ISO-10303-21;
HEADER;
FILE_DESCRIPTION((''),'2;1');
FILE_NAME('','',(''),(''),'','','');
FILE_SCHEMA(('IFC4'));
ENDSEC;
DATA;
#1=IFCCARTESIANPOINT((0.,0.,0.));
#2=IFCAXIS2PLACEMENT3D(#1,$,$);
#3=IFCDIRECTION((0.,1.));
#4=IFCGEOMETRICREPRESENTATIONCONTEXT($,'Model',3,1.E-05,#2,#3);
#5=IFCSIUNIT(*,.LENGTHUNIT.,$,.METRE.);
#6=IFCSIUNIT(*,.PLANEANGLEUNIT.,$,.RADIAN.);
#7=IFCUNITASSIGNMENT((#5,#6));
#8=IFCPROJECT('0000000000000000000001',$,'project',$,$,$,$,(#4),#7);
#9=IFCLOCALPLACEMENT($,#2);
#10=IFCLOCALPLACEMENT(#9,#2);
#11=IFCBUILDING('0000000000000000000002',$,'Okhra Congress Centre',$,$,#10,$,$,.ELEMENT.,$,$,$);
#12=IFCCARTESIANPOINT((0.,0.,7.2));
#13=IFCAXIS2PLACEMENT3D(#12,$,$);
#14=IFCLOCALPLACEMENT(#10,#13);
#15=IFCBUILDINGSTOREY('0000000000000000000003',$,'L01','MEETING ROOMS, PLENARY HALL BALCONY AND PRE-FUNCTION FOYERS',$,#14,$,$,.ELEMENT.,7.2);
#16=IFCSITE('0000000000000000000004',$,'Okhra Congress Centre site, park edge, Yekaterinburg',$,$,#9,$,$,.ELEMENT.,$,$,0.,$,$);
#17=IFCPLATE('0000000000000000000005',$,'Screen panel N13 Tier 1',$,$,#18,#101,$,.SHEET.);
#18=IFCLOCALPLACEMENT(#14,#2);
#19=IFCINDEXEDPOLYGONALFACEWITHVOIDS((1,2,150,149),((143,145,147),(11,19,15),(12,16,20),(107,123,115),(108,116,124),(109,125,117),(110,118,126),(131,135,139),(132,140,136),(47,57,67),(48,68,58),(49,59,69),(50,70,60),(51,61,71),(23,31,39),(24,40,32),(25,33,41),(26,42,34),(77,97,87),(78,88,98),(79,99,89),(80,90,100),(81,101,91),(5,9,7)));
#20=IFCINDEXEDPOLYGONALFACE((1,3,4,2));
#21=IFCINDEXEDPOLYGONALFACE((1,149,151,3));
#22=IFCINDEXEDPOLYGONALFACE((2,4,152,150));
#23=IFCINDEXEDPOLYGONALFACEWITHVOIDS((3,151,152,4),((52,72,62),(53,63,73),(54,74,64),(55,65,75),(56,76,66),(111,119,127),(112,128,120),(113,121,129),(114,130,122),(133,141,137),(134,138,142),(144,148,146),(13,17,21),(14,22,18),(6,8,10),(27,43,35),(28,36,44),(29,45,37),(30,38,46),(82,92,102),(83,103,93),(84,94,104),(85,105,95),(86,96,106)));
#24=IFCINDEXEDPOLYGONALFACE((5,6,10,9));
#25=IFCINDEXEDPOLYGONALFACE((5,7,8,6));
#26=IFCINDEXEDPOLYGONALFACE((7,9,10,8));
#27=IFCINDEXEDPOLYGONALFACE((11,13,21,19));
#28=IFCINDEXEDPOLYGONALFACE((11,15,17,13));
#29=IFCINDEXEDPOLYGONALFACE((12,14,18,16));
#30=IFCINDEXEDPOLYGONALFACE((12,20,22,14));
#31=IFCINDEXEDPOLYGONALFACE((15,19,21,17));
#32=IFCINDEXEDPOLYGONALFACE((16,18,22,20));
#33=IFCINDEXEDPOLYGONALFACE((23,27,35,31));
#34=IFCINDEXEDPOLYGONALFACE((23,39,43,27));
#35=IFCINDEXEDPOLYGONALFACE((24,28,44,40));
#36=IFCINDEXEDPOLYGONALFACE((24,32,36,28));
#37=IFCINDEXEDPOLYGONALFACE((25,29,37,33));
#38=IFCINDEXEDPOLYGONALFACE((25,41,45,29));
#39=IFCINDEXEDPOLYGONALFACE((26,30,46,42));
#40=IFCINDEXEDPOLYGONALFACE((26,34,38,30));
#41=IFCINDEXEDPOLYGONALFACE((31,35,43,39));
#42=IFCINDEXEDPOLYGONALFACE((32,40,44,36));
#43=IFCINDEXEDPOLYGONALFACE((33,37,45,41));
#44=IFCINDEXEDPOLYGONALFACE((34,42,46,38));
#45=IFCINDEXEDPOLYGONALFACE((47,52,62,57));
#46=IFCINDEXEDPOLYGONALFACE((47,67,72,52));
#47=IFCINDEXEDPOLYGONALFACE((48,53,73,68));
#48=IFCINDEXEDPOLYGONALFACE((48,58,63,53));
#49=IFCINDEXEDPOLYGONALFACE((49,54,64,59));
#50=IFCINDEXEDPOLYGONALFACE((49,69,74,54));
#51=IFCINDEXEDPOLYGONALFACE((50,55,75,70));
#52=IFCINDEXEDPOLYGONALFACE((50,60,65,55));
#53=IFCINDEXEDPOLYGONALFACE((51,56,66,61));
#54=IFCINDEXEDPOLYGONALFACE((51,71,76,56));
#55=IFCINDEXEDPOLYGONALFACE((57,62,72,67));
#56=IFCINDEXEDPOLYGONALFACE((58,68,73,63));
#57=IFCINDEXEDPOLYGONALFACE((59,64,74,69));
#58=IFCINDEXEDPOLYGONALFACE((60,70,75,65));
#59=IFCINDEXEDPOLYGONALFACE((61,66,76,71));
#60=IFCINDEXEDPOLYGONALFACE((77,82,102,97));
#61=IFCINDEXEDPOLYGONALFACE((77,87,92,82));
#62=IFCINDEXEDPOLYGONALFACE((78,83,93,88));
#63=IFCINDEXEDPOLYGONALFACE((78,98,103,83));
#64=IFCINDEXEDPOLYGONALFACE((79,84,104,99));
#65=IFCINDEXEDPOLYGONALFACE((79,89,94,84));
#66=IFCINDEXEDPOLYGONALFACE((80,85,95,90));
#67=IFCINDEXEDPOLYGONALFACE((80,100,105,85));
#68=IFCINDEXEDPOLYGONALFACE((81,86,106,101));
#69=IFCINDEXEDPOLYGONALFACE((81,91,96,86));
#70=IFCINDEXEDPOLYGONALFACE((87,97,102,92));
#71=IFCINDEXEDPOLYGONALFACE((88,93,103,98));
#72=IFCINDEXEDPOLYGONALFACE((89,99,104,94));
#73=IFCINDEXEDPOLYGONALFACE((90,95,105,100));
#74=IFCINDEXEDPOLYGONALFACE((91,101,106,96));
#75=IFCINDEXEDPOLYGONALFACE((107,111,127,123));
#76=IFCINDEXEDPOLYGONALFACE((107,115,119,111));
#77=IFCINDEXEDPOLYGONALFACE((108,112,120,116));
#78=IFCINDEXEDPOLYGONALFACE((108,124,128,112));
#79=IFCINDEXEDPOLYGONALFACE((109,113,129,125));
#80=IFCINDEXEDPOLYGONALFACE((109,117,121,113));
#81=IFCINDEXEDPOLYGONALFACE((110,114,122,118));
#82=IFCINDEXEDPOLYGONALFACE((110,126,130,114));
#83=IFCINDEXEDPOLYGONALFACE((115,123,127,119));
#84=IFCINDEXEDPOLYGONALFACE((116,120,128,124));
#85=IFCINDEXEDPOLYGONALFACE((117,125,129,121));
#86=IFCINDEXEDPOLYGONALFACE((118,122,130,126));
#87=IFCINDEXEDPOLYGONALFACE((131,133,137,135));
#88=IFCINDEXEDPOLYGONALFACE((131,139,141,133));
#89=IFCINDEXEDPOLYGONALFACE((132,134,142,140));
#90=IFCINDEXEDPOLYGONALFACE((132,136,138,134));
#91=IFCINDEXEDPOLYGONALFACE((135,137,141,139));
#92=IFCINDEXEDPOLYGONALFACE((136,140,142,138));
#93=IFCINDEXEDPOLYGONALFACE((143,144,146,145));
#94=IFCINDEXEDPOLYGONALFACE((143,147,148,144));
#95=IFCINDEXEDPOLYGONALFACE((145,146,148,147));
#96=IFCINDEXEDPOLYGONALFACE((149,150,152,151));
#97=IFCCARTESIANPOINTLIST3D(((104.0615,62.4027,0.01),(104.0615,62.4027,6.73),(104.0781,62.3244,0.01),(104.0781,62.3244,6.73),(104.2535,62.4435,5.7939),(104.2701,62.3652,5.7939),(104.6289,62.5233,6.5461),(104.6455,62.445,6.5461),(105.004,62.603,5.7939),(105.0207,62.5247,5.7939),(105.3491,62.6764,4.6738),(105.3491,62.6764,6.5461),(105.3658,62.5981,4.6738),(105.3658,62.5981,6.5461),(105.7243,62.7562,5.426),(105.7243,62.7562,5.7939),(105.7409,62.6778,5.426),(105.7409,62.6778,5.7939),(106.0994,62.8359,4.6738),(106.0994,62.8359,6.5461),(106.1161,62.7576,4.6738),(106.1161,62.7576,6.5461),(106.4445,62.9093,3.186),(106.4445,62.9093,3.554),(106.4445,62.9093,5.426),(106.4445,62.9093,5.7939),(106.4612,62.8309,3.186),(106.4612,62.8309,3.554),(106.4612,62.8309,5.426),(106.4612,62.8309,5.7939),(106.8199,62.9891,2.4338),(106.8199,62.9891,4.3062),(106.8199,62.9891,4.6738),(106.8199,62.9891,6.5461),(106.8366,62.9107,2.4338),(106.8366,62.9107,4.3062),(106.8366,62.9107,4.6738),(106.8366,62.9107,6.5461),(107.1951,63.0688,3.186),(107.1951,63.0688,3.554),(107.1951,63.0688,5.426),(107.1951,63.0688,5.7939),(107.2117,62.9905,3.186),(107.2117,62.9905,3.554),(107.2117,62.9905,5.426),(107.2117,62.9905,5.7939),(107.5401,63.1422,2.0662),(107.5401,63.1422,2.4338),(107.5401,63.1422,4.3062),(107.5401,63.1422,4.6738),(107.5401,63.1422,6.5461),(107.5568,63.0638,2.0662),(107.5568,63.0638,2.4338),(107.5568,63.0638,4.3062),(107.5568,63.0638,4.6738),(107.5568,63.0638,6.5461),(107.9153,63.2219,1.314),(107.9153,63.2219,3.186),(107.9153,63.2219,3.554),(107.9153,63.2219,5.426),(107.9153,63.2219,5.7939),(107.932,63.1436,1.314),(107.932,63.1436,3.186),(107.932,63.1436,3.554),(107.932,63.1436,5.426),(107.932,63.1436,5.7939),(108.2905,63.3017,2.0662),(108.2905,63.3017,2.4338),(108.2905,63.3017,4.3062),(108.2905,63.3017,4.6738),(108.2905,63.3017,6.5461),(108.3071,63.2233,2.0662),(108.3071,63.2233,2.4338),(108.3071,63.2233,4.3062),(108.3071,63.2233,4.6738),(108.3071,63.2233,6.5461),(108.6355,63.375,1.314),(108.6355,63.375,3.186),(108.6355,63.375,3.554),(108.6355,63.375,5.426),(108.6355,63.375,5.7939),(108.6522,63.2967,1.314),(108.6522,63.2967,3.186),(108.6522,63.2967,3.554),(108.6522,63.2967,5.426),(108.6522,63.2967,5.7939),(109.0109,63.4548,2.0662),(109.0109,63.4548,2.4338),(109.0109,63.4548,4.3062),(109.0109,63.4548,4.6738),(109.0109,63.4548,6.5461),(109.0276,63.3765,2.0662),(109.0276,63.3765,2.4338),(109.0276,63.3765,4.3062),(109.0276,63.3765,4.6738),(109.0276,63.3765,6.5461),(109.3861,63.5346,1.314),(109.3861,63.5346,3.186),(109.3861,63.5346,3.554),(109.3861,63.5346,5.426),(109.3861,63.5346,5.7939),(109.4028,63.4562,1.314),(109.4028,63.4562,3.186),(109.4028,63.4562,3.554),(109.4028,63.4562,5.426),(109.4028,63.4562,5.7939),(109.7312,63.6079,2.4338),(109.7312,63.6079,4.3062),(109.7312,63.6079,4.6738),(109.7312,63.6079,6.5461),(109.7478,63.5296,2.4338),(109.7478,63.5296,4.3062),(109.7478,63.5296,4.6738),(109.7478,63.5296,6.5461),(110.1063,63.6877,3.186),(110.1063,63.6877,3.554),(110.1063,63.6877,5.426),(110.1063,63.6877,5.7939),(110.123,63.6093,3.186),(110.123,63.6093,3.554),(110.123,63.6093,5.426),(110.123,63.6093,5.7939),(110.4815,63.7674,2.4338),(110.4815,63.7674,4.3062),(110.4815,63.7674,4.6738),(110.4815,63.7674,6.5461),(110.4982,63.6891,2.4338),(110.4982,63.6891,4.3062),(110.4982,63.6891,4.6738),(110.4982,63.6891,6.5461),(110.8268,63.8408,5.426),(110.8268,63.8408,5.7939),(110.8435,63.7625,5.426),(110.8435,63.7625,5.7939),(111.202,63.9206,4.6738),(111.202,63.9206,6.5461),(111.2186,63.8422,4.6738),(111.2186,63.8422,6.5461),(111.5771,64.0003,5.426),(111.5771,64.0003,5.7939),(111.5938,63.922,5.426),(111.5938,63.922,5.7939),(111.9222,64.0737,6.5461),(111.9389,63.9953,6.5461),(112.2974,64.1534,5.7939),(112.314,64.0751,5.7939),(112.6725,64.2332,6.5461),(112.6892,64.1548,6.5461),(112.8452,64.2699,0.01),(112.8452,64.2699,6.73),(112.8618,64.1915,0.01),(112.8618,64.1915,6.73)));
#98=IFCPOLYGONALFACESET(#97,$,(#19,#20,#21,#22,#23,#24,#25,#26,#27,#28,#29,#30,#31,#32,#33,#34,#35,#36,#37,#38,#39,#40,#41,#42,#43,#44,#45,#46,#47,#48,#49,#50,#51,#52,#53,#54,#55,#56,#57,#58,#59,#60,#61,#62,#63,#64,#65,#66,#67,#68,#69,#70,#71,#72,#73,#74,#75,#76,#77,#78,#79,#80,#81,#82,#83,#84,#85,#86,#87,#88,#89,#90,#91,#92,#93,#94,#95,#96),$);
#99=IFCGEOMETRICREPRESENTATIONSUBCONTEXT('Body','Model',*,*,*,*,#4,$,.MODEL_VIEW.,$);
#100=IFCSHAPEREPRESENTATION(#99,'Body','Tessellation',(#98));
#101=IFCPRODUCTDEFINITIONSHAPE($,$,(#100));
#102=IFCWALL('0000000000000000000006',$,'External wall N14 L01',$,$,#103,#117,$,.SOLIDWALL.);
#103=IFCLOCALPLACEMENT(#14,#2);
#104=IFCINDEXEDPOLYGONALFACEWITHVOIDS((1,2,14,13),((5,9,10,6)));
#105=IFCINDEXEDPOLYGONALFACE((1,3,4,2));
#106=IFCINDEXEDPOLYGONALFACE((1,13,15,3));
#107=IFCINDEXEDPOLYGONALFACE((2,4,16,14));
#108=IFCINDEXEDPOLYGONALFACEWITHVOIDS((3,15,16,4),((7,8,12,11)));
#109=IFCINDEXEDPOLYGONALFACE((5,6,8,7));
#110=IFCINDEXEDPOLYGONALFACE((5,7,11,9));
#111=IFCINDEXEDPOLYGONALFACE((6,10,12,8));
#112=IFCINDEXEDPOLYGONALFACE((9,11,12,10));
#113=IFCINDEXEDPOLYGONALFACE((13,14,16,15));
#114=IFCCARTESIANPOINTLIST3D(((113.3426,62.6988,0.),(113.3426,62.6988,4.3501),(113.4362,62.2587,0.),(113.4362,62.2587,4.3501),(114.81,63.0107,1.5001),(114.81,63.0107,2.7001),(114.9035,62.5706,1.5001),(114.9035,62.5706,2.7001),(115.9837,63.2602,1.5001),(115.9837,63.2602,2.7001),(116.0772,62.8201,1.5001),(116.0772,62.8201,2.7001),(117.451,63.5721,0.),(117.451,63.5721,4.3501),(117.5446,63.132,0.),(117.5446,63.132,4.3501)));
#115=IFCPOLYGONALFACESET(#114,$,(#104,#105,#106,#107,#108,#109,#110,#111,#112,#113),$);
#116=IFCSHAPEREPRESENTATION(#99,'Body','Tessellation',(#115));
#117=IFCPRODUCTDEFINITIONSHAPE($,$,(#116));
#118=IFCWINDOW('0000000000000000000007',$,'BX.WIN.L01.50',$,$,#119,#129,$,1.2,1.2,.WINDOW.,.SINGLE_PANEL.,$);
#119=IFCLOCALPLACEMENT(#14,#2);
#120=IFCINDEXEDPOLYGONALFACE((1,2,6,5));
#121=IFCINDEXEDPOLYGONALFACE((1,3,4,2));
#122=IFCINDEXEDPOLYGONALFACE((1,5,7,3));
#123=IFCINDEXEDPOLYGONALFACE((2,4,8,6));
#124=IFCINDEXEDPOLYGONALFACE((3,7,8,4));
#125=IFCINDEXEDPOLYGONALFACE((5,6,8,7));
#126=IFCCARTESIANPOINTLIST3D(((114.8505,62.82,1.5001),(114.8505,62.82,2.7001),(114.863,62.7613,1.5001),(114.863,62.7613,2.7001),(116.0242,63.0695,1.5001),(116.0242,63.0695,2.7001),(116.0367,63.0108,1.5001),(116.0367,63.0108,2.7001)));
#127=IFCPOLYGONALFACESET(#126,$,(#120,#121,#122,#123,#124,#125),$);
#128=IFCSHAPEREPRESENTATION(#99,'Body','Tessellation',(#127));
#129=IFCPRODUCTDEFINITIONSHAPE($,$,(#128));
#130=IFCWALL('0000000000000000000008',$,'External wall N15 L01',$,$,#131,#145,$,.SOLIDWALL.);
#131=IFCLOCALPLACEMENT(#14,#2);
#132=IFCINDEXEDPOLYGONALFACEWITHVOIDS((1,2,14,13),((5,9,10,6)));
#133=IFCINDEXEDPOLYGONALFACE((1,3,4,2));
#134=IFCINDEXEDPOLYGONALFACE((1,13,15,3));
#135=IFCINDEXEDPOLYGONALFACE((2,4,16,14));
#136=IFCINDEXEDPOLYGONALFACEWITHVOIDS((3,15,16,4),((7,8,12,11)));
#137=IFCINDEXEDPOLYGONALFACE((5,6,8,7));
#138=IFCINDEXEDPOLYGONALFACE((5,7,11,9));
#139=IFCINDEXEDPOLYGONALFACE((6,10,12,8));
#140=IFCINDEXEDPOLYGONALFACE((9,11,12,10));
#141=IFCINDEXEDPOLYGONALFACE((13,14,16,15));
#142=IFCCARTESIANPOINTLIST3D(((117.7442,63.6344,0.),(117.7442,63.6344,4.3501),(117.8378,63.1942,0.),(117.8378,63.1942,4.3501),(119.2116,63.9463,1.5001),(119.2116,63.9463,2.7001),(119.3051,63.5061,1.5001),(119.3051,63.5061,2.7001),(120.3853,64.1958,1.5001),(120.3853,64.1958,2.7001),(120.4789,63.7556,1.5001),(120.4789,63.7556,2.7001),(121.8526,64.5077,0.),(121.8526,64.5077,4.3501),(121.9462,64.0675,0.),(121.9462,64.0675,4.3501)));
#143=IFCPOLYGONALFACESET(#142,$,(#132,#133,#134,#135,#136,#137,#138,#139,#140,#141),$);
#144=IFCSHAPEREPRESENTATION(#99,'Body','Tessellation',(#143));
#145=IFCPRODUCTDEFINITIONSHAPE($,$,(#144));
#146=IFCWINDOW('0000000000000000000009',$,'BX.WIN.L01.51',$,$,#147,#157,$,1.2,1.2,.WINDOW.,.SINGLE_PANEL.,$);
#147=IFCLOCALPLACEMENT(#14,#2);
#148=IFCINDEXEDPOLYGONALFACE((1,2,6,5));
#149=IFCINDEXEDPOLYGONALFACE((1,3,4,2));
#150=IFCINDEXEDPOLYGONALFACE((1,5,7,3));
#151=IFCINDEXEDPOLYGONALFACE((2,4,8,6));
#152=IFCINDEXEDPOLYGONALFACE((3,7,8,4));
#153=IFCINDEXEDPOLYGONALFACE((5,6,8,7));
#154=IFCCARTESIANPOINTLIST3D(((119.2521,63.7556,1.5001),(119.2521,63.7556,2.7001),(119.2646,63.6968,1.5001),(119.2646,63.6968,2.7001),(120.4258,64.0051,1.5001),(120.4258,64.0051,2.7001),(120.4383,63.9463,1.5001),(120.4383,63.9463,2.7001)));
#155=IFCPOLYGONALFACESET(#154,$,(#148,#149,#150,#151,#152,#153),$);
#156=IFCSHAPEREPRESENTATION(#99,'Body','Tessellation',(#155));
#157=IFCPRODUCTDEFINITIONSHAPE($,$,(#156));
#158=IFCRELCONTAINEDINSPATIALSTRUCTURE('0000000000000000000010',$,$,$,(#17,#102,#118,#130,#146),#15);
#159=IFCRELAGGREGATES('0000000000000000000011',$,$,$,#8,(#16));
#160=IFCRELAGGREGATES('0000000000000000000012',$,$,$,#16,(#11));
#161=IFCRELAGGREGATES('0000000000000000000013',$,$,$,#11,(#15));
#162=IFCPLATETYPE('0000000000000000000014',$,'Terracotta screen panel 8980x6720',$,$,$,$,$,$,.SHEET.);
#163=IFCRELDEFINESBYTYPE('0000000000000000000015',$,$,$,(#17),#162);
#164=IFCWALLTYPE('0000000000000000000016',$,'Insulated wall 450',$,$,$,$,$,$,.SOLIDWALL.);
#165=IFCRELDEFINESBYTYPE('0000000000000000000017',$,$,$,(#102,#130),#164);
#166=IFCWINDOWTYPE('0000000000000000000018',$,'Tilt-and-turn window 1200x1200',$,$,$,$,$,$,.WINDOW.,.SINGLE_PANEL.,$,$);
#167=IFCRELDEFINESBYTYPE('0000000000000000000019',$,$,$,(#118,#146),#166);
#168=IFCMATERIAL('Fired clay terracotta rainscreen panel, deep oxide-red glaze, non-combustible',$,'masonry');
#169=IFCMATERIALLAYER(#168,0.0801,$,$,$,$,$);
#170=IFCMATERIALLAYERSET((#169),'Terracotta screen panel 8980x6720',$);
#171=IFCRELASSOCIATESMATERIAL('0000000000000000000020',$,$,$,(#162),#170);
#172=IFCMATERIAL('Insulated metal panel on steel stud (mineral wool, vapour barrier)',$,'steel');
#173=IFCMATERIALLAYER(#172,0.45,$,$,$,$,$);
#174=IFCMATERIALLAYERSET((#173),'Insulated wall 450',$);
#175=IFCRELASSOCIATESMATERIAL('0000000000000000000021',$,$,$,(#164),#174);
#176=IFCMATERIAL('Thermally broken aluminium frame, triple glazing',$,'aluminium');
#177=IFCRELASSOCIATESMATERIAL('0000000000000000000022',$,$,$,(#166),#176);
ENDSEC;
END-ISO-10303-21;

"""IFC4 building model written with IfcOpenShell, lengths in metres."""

from ifc_helpers import new_model, si_unit, direction, frame, frame_2d, origin, place, context, subcontext, project, spatial, polyline, rectangle, outline, extrude, material, layer, layer_set, type_object, element, fill, save


model = new_model("IFC4")

# Units and contexts
model_context = context("Model", 3, precision=1e-05, world=origin(), true_north=direction((0.0, 1.0)))
body_context = subcontext(model_context, "Body", "Model", "MODEL_VIEW")
ifc_project = project(units=[si_unit("LENGTHUNIT", "METRE"), si_unit("PLANEANGLEUNIT", "RADIAN")], contexts=[model_context])

# Site, building, storey
site_placement = place(None, origin())
site = spatial("IfcSite", under=ifc_project, at=site_placement, Name="Okhra Congress Centre site, park edge, Yekaterinburg", CompositionType="ELEMENT", RefElevation=0.0)
building_placement = place(site_placement, origin())
building = spatial("IfcBuilding", under=site, at=building_placement, Name="Okhra Congress Centre", CompositionType="ELEMENT")
storey_placement = place(building_placement, frame((0.0, 0.0, 7.2)))
storey = spatial("IfcBuildingStorey", under=building, at=storey_placement, Name="L01", Description="MEETING ROOMS, PLENARY HALL BALCONY AND PRE-FUNCTION FOYERS", CompositionType="ELEMENT", Elevation=7.2)

# Plate
ifc_material_1 = material(Name="Fired clay terracotta rainscreen panel, deep oxide-red glaze, non-combustible", Category="masonry")
ifc_layer_1 = layer(ifc_material_1, 0.0801)
ifc_layer_set_1 = layer_set([ifc_layer_1], Name="Terracotta screen panel 8980x6720")
plate_type = type_object("IfcPlateType", Name="Terracotta screen panel 8980x6720", PredefinedType="SHEET", material=ifc_layer_set_1)
plate_placement = place(storey_placement, frame((112.8535, 64.2307, 0.01), z_axis=(0.0, 0.0, 1.0), x_axis=(-0.978144, -0.207928, 0.0)))
element("IfcPlate", 1, at=plate_placement, inside=storey, type_object=plate_type, Name="Screen panel N13 Tier 1", PredefinedType="SHEET", context=body_context, shape_type="SweptSolid", body=[
    extrude(outline(polyline([(0.0, 0.0), (8.98, 0.0), (8.98, 6.72), (0.0, 6.72), (0.0, 0.0)]), holes=[polyline([(3.5364, 1.304), (4.3037, 1.304), (3.9199, 2.0562), (3.5364, 1.304)]), polyline([(4.6565, 2.0562), (5.04, 1.304), (5.4236, 2.0562), (4.6565, 2.0562)]), polyline([(2.4165, 2.4238), (3.1836, 2.4238), (2.8, 3.176), (2.4165, 2.4238)]), polyline([(3.5364, 3.176), (3.9199, 2.4238), (4.3037, 3.176), (3.5364, 3.176)]), polyline([(4.6565, 2.4238), (5.4236, 2.4238), (5.04, 3.176), (4.6565, 2.4238)]), polyline([(5.7764, 3.176), (6.1599, 2.4238), (6.5437, 3.176), (5.7764, 3.176)]), polyline([(2.4165, 4.2961), (2.8, 3.5439), (3.1836, 4.2961), (2.4165, 4.2961)]), polyline([(3.5364, 3.5439), (4.3037, 3.5439), (3.9199, 4.2961), (3.5364, 3.5439)]), polyline([(4.6565, 4.2961), (5.04, 3.5439), (5.4236, 4.2961), (4.6565, 4.2961)]), polyline([(5.7764, 3.5439), (6.5437, 3.5439), (6.1599, 4.2961), (5.7764, 3.5439)]), polyline([(1.2964, 5.416), (1.6799, 4.6638), (2.0635, 5.416), (1.2964, 5.416)]), polyline([(2.4165, 4.6638), (3.1836, 4.6638), (2.8, 5.416), (2.4165, 4.6638)]), polyline([(3.5364, 5.416), (3.9199, 4.6638), (4.3037, 5.416), (3.5364, 5.416)]), polyline([(4.6565, 4.6638), (5.4236, 4.6638), (5.04, 5.416), (4.6565, 4.6638)]), polyline([(5.7764, 5.416), (6.1599, 4.6638), (6.5437, 5.416), (5.7764, 5.416)]), polyline([(6.8965, 4.6638), (7.6636, 4.6638), (7.28, 5.416), (6.8965, 4.6638)]), polyline([(0.1765, 6.5361), (0.5601, 5.7839), (0.9436, 6.5361), (0.1765, 6.5361)]), polyline([(1.2964, 5.7839), (2.0635, 5.7839), (1.6799, 6.5361), (1.2964, 5.7839)]), polyline([(2.4165, 6.5361), (2.8, 5.7839), (3.1836, 6.5361), (2.4165, 6.5361)]), polyline([(3.5364, 5.7839), (4.3037, 5.7839), (3.9199, 6.5361), (3.5364, 5.7839)]), polyline([(4.6565, 6.5361), (5.04, 5.7839), (5.4236, 6.5361), (4.6565, 6.5361)]), polyline([(5.7764, 5.7839), (6.5437, 5.7839), (6.1599, 6.5361), (5.7764, 5.7839)]), polyline([(6.8965, 6.5361), (7.28, 5.7839), (7.6636, 6.5361), (6.8965, 6.5361)]), polyline([(8.0164, 5.7839), (8.7837, 5.7839), (8.3999, 6.5361), (8.0164, 5.7839)])]), frame((0.0, 0.04, 0.0), z_axis=(0.0, -1.0, 0.0), x_axis=(1.0, 0.0, 0.0)), (0.0, 0.0, 1.0), 0.0801),
])

# Walls, openings, windows
ifc_material_2 = material(Name="Insulated metal panel on steel stud (mineral wool, vapour barrier)", Category="steel")
ifc_layer_2 = layer(ifc_material_2, 0.45)
ifc_layer_set_2 = layer_set([ifc_layer_2], Name="Insulated wall 450")
wall_type_1 = type_object("IfcWallType", Name="Insulated wall 450", PredefinedType="SOLIDWALL", material=ifc_layer_set_2)
wall_1_placement = place(storey_placement, frame((113.3894, 62.4788, 0.0), z_axis=(0.0, 0.0, 1.0), x_axis=(0.978146, 0.207917, 0.0)))
wall_1 = element("IfcWall", 2, at=wall_1_placement, inside=storey, type_object=wall_type_1, Name="External wall N14 L01", PredefinedType="SOLIDWALL", context=body_context, shape_type="SweptSolid", body=[
    extrude(rectangle(XDim=4.2002, YDim=0.45, at=frame_2d((2.1001, 0.0))), origin(), (0.0, 0.0, 1.0), 4.3501),
])
opening_1_placement = place(wall_1_placement, frame((1.5, 0.0, 1.5)))
opening_1 = element("IfcOpeningElement", 3, at=opening_1_placement, cuts=wall_1, PredefinedType="OPENING", context=body_context, shape_type="SweptSolid", body=[
    extrude(rectangle(XDim=1.2, YDim=1.2, at=frame_2d((0.6001, 0.6001))), frame((0.0, 0.2349, 0.0), z_axis=(0.0, -1.0, 0.0), x_axis=(1.0, 0.0, 0.0)), (0.0, 0.0, 1.0), 0.47),
])
ifc_material_3 = material(Name="Thermally broken aluminium frame, triple glazing", Category="aluminium")
window_type = type_object("IfcWindowType", Name="Tilt-and-turn window 1200x1200", PartitioningType="SINGLE_PANEL", PredefinedType="WINDOW", material=ifc_material_3)
window_1_placement = place(opening_1_placement, origin())
window_1 = element("IfcWindow", 4, at=window_1_placement, inside=storey, type_object=window_type, Name="BX.WIN.L01.50", OverallHeight=1.2, OverallWidth=1.2, PartitioningType="SINGLE_PANEL", PredefinedType="WINDOW", context=body_context, shape_type="SweptSolid", body=[
    extrude(rectangle(XDim=1.2, YDim=1.2, at=frame_2d((0.6001, 0.6001))), frame((0.0, 0.03, 0.0), z_axis=(0.0, -1.0, 0.0), x_axis=(1.0, 0.0, 0.0)), (0.0, 0.0, 1.0), 0.0601),
])
fill(opening_1, window_1)
wall_2_placement = place(storey_placement, frame((117.791, 63.4143, 0.0), z_axis=(0.0, 0.0, 1.0), x_axis=(0.978146, 0.207917, 0.0)))
wall_2 = element("IfcWall", 5, at=wall_2_placement, inside=storey, type_object=wall_type_1, Name="External wall N15 L01", PredefinedType="SOLIDWALL", context=body_context, shape_type="SweptSolid", body=[
    extrude(rectangle(XDim=4.2002, YDim=0.45, at=frame_2d((2.1001, 0.0))), origin(), (0.0, 0.0, 1.0), 4.3501),
])
opening_2_placement = place(wall_2_placement, frame((1.5, 0.0, 1.5)))
opening_2 = element("IfcOpeningElement", 6, at=opening_2_placement, cuts=wall_2, PredefinedType="OPENING", context=body_context, shape_type="SweptSolid", body=[
    extrude(rectangle(XDim=1.2, YDim=1.2, at=frame_2d((0.6001, 0.6001))), frame((0.0, 0.2349, 0.0), z_axis=(0.0, -1.0, 0.0), x_axis=(1.0, 0.0, 0.0)), (0.0, 0.0, 1.0), 0.47),
])
window_2_placement = place(opening_2_placement, origin())
window_2 = element("IfcWindow", 7, at=window_2_placement, inside=storey, type_object=window_type, Name="BX.WIN.L01.51", OverallHeight=1.2, OverallWidth=1.2, PartitioningType="SINGLE_PANEL", PredefinedType="WINDOW", context=body_context, shape_type="SweptSolid", body=[
    extrude(rectangle(XDim=1.2, YDim=1.2, at=frame_2d((0.6001, 0.6001))), frame((0.0, 0.03, 0.0), z_axis=(0.0, -1.0, 0.0), x_axis=(1.0, 0.0, 0.0)), (0.0, 0.0, 1.0), 0.0601),
])
fill(opening_2, window_2)

save(model, "model.ifc")
